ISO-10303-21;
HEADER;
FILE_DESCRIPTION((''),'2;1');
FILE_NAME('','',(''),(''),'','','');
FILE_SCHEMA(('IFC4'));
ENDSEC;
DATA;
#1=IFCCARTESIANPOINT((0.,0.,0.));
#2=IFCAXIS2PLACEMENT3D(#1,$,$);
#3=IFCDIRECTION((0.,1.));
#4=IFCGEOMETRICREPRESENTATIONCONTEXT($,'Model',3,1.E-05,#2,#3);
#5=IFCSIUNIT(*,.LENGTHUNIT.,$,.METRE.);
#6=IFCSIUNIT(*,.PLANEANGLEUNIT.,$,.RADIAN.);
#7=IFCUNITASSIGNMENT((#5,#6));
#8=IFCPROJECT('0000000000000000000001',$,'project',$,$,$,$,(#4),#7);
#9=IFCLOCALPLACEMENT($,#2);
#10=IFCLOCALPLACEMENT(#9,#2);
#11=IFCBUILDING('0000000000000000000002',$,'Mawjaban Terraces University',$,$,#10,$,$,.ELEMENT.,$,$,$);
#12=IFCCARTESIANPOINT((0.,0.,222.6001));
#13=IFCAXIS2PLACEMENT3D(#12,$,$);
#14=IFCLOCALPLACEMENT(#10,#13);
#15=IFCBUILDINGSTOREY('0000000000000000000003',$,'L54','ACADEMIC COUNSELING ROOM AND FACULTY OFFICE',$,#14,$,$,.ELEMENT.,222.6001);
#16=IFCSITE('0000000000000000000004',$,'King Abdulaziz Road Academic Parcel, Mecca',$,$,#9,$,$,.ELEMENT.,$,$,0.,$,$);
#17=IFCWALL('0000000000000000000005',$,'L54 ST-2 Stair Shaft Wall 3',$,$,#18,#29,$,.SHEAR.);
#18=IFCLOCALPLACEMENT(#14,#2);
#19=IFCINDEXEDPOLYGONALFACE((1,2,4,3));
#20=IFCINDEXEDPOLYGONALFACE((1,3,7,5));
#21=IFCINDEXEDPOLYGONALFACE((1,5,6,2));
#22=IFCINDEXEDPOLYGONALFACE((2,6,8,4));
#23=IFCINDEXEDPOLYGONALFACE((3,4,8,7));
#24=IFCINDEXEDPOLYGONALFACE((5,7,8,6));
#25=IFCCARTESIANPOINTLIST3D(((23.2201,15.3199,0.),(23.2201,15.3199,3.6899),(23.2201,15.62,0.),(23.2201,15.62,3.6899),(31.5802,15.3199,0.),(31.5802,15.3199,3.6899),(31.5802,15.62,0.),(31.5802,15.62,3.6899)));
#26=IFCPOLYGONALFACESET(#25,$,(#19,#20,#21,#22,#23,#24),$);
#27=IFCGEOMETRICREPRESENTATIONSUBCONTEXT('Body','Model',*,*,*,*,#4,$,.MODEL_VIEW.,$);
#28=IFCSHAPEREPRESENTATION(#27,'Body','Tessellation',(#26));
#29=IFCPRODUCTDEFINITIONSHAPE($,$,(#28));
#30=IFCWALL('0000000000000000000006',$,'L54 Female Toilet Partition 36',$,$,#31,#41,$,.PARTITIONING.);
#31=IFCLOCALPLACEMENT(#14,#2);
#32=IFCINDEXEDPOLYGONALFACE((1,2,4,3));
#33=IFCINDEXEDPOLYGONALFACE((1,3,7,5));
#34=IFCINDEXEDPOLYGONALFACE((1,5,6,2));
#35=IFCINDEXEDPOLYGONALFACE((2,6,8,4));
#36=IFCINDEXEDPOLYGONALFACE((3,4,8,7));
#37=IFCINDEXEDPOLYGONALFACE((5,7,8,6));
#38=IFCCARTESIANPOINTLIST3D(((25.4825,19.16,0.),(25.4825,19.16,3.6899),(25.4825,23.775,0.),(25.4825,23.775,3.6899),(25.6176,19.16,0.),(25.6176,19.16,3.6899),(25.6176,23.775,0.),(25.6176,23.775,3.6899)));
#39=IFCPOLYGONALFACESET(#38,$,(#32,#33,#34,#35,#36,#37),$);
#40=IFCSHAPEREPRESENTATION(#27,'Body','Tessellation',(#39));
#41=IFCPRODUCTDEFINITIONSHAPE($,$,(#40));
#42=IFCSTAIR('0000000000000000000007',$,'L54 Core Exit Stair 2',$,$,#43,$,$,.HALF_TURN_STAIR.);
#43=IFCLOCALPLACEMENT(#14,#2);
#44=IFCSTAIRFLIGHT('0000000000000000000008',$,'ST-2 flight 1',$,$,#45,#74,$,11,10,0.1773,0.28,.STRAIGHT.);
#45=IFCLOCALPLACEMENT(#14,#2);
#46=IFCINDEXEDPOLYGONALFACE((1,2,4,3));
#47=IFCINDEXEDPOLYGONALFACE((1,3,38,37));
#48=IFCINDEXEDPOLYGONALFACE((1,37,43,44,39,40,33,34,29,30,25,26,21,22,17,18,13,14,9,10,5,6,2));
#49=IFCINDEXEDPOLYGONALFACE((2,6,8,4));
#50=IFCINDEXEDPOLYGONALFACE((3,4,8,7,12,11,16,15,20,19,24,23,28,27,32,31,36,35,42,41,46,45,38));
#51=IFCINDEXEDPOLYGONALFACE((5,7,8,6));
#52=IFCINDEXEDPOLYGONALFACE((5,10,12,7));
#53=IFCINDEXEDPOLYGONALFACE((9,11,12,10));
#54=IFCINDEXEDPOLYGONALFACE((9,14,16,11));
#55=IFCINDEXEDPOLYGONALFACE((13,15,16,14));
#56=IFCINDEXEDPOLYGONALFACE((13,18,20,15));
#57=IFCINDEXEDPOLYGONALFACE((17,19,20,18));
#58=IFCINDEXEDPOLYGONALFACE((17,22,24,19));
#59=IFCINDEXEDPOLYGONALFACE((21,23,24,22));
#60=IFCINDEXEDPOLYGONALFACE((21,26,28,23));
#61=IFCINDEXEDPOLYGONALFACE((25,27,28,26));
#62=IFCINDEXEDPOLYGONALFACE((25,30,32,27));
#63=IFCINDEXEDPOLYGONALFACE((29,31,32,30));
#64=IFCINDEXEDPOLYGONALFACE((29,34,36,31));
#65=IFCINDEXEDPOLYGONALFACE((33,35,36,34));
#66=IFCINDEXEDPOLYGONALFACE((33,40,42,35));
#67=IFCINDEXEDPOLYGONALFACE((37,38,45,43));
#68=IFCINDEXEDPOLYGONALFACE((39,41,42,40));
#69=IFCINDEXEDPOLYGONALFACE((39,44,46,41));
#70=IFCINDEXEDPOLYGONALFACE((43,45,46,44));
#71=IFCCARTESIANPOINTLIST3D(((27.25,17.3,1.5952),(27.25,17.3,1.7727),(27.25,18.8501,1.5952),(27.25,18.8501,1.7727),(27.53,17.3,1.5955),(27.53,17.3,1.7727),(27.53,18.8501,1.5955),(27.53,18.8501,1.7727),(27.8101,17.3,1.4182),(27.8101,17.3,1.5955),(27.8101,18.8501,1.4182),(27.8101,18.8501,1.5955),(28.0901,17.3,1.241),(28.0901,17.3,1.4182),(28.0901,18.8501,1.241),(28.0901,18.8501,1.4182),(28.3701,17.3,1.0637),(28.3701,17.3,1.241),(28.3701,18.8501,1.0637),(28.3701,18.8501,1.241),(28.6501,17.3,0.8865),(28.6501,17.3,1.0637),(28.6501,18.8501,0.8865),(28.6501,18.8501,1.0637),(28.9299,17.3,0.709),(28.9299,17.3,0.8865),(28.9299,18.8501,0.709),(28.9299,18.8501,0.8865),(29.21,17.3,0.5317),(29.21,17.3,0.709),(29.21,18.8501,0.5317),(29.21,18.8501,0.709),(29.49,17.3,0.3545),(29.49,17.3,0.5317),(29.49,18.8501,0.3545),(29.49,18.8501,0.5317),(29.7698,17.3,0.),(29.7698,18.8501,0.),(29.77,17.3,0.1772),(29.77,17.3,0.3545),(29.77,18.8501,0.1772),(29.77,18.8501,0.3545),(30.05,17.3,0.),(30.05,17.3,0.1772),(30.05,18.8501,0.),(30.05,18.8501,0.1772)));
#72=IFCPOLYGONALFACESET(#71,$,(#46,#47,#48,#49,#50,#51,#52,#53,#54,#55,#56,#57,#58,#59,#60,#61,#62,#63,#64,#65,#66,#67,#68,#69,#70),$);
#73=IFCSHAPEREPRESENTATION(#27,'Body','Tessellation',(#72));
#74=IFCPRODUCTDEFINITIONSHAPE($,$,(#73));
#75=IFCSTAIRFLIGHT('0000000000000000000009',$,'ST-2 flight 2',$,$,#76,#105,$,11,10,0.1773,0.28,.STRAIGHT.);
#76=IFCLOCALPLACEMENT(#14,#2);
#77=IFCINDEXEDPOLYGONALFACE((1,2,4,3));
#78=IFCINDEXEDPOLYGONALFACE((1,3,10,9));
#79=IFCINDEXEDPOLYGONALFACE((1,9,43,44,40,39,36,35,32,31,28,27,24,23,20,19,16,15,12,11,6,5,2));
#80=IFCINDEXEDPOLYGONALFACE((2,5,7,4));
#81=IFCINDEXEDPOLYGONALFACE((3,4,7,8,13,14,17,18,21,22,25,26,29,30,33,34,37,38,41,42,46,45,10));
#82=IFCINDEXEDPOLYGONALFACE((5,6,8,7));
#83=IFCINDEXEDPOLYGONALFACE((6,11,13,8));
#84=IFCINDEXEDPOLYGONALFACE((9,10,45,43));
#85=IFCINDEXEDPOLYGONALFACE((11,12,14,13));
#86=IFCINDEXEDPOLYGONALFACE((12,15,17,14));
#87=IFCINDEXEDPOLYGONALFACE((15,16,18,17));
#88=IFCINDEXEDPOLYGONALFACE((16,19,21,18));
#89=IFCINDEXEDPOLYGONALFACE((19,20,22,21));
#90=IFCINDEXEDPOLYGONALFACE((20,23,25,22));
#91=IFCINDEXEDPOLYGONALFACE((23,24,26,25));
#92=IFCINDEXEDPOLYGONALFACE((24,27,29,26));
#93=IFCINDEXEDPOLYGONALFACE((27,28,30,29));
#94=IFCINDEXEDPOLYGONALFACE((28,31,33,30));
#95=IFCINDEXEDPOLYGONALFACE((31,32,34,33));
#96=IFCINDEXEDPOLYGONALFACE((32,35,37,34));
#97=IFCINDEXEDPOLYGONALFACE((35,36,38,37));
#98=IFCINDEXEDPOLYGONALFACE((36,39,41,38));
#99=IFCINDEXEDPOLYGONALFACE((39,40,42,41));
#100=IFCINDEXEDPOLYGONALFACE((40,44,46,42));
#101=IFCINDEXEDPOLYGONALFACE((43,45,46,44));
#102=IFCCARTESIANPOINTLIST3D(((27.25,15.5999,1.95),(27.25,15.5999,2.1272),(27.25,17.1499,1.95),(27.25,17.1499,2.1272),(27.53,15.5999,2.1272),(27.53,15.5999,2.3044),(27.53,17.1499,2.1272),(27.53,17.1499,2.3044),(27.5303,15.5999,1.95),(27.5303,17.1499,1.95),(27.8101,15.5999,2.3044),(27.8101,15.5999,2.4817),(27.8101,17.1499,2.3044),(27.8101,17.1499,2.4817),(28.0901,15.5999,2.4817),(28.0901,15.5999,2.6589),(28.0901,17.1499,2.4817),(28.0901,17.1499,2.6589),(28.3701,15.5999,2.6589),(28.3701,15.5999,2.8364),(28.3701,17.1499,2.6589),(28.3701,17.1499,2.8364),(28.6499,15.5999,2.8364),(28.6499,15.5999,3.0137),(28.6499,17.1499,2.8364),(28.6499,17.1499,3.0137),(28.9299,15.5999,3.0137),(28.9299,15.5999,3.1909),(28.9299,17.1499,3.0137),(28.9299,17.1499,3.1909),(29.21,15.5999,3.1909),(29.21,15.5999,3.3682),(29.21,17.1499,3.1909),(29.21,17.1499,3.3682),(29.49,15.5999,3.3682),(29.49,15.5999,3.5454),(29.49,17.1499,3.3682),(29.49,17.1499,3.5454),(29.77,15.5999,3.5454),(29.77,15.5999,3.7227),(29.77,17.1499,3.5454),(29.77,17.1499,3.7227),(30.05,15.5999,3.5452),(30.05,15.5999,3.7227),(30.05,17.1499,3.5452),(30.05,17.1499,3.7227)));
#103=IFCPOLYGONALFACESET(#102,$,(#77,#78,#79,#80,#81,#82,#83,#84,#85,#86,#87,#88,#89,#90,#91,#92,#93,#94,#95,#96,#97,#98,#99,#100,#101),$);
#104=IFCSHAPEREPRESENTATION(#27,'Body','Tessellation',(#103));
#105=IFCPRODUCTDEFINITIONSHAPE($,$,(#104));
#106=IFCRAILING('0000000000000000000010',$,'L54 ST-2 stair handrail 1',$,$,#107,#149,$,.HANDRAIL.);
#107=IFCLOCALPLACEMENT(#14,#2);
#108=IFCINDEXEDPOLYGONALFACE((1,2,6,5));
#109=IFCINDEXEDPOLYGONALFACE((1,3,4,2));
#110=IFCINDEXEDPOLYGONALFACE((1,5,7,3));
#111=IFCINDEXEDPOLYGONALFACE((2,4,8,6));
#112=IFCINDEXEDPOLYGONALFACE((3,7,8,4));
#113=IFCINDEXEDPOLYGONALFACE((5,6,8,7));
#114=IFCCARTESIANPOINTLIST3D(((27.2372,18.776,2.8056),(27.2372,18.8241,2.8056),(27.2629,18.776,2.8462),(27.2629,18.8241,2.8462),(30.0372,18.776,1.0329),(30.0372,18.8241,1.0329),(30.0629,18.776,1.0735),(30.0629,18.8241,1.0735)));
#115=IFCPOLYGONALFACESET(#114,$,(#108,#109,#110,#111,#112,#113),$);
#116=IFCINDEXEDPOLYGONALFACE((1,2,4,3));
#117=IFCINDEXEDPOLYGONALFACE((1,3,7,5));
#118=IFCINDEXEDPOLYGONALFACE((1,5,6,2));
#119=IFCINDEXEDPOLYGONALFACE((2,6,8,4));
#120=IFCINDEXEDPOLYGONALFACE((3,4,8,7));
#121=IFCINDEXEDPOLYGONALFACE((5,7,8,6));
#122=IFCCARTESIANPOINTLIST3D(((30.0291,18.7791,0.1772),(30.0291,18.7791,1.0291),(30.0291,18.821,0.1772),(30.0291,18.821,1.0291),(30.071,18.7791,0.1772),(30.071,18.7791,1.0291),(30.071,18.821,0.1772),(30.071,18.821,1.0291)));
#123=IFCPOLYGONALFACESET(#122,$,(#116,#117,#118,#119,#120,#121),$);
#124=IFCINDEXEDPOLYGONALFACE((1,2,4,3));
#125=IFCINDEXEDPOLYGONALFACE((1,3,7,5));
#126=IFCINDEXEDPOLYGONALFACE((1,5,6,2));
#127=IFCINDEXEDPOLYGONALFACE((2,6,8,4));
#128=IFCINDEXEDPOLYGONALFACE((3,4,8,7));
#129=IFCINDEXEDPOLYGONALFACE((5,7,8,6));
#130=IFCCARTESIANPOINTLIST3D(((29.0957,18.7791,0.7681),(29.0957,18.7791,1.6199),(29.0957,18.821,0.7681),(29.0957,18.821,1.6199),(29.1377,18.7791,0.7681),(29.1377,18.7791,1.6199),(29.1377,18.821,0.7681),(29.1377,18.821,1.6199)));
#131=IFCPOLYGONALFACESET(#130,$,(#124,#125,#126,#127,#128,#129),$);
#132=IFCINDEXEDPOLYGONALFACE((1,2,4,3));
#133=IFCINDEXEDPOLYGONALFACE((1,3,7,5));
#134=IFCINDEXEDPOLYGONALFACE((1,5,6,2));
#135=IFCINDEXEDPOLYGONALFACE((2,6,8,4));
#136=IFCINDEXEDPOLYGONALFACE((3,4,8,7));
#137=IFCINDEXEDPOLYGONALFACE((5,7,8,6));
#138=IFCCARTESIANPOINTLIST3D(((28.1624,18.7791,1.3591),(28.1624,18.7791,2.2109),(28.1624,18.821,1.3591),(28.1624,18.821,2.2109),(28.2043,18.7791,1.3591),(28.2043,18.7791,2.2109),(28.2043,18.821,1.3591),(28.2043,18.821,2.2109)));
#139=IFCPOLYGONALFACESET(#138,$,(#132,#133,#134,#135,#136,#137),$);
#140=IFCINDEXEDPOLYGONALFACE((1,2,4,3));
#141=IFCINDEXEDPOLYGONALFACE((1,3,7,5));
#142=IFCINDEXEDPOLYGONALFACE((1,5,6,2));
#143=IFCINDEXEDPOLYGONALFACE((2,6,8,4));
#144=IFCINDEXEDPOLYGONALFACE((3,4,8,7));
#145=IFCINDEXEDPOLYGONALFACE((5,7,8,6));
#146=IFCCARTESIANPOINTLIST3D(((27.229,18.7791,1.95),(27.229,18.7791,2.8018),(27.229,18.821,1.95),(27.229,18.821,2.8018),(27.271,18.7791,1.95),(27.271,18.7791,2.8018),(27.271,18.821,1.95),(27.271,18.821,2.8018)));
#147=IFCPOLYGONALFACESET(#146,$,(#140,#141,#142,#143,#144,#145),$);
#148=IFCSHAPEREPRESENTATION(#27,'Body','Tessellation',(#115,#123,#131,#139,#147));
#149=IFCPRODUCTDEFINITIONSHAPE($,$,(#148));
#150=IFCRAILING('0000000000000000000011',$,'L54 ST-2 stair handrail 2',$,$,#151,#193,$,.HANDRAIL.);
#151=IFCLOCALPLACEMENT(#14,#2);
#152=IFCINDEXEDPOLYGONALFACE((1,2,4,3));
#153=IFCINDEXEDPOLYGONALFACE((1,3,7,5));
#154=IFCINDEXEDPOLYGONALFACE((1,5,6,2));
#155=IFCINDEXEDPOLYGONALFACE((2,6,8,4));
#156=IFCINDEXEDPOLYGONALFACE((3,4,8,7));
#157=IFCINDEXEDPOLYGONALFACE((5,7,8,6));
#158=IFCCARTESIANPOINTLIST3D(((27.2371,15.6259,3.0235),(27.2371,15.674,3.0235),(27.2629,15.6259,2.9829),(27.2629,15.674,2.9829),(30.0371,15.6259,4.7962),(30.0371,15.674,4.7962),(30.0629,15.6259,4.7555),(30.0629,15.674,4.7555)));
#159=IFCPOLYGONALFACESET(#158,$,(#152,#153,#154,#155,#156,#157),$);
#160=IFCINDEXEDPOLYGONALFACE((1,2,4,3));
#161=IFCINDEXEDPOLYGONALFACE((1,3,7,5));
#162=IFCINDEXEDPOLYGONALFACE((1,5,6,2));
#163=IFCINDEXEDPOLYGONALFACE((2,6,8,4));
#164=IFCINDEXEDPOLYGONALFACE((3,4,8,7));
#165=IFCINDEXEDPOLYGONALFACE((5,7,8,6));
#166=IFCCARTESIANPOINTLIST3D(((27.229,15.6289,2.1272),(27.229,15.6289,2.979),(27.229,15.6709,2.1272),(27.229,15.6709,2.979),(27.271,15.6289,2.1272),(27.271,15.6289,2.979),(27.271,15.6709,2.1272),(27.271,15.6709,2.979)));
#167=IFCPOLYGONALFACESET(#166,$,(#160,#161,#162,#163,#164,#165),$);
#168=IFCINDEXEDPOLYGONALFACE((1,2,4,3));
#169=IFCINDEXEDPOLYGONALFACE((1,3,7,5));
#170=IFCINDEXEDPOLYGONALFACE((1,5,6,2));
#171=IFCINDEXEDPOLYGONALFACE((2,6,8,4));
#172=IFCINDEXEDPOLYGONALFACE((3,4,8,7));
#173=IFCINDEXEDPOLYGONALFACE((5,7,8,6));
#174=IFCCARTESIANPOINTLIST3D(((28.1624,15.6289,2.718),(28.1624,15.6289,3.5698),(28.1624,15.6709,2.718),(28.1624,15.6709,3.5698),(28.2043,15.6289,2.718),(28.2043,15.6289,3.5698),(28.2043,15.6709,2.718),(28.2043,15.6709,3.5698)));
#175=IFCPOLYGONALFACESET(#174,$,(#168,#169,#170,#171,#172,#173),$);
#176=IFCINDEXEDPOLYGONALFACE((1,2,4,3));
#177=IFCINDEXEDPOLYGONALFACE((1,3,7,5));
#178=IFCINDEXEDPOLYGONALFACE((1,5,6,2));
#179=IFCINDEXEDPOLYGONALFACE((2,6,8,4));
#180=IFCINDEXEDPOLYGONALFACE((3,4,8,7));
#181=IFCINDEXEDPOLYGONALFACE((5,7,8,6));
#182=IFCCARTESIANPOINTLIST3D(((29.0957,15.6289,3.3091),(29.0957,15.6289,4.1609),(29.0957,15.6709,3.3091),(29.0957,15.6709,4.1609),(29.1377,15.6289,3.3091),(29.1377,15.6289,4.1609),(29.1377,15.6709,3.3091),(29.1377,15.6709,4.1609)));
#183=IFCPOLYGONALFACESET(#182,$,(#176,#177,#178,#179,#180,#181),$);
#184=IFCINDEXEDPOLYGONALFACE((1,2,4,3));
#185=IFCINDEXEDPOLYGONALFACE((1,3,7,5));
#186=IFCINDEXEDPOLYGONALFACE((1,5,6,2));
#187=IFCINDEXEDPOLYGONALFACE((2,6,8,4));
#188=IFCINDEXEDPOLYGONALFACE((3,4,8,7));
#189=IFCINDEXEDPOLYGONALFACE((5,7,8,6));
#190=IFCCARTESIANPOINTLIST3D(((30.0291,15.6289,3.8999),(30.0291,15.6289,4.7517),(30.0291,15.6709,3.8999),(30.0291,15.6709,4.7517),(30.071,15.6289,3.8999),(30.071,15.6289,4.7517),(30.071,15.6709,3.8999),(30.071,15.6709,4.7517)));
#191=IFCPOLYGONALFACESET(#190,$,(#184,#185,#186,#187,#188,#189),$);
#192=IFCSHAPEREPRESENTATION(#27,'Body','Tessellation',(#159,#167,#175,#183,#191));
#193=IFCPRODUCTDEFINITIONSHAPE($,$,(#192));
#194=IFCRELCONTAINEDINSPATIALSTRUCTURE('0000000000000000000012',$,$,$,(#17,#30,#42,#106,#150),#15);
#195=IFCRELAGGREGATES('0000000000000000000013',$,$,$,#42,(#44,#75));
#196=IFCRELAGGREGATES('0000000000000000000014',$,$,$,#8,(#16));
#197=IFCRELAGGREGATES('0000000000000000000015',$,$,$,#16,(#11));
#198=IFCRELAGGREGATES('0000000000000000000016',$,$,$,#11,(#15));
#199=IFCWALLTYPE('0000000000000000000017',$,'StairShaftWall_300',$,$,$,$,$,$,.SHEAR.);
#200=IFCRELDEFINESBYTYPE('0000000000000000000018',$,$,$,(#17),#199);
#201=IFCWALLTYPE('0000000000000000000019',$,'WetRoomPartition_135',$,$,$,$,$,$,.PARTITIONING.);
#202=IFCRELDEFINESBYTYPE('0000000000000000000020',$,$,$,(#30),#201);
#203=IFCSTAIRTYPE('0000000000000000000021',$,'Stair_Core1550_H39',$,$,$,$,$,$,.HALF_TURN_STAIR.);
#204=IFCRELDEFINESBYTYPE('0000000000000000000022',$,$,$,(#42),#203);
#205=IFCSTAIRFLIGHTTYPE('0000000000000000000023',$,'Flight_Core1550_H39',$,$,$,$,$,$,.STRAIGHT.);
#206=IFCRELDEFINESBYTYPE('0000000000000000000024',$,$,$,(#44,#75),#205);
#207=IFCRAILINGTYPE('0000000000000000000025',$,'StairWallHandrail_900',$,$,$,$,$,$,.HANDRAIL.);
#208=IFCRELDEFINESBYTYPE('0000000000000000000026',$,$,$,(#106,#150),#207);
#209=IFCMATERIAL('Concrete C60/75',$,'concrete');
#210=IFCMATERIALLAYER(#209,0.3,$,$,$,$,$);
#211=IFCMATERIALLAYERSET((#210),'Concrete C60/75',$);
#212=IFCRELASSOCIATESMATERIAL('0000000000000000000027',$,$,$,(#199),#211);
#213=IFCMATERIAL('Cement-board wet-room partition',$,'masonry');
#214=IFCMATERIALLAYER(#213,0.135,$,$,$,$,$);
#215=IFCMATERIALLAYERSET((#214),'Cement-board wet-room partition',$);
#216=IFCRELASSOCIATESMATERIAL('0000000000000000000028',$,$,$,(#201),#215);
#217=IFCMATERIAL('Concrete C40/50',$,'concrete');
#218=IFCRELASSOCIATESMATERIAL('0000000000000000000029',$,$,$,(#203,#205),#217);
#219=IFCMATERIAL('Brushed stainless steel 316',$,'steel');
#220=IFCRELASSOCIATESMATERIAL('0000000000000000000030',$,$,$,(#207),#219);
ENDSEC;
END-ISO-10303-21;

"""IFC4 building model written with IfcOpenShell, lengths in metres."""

from ifc_helpers import new_model, si_unit, direction, frame, frame_2d, origin, origin_2d, place, context, subcontext, project, spatial, polyline, rectangle, outline, extrude, material, layer, layer_set, type_object, element, aggregate, save


model = new_model("IFC4")

# Units and contexts
model_context = context("Model", 3, precision=1e-05, world=origin(), true_north=direction((0.0, 1.0)))
body_context = subcontext(model_context, "Body", "Model", "MODEL_VIEW")
ifc_project = project(units=[si_unit("LENGTHUNIT", "METRE"), si_unit("PLANEANGLEUNIT", "RADIAN")], contexts=[model_context])

# Site, building, storey
site_placement = place(None, origin())
site = spatial("IfcSite", under=ifc_project, at=site_placement, Name="King Abdulaziz Road Academic Parcel, Mecca", CompositionType="ELEMENT", RefElevation=0.0)
building_placement = place(site_placement, origin())
building = spatial("IfcBuilding", under=site, at=building_placement, Name="Mawjaban Terraces University", CompositionType="ELEMENT")
storey_placement = place(building_placement, frame((0.0, 0.0, 222.6001)))
storey = spatial("IfcBuildingStorey", under=building, at=storey_placement, Name="L54", Description="ACADEMIC COUNSELING ROOM AND FACULTY OFFICE", CompositionType="ELEMENT", Elevation=222.6001)

# Shared definitions
ifc_material_1 = material(Name="Concrete C60/75", Category="concrete")

# Wall
ifc_material_2 = material(Name="Concrete C40/50", Category="concrete")
ifc_layer_1 = layer(ifc_material_1, 0.3)
ifc_layer_set_1 = layer_set([ifc_layer_1], Name="Concrete C60/75")
wall_type_1 = type_object("IfcWallType", Name="StairShaftWall_300", PredefinedType="SHEAR", material=ifc_layer_set_1)
wall_1_placement = place(storey_placement, frame((23.22, 15.47, 0.0), z_axis=(0.0, 0.0, 1.0), x_axis=(1.0, 0.0, 0.0)))
element("IfcWall", 1, at=wall_1_placement, inside=storey, type_object=wall_type_1, Name="L54 ST-2 Stair Shaft Wall 3", PredefinedType="SHEAR", context=body_context, shape_type="SweptSolid", body=[
    extrude(rectangle(XDim=8.3601, YDim=0.3, at=frame_2d((4.1802, 0.0))), origin(), (0.0, 0.0, 1.0), 3.6899),
])

# Wall
ifc_material_3 = material(Name="Cement-board wet-room partition", Category="masonry")
ifc_layer_2 = layer(ifc_material_3, 0.135)
ifc_layer_set_2 = layer_set([ifc_layer_2], Name="Cement-board wet-room partition")
wall_type_2 = type_object("IfcWallType", Name="WetRoomPartition_135", PredefinedType="PARTITIONING", material=ifc_layer_set_2)
wall_2_placement = place(storey_placement, frame((25.55, 19.1599, 0.0), z_axis=(0.0, 0.0, 1.0), x_axis=(0.0, 1.0, 0.0)))
element("IfcWall", 2, at=wall_2_placement, inside=storey, type_object=wall_type_2, Name="L54 Female Toilet Partition 36", PredefinedType="PARTITIONING", context=body_context, shape_type="SweptSolid", body=[
    extrude(rectangle(XDim=4.615, YDim=0.135, at=frame_2d((2.3076, 0.0))), origin(), (0.0, 0.0, 1.0), 3.6899),
])

# Stair, stair flights
stair_type = type_object("IfcStairType", Name="Stair_Core1550_H39", PredefinedType="HALF_TURN_STAIR", material=ifc_material_2)
stair_placement = place(storey_placement, origin())
stair = element("IfcStair", 3, at=stair_placement, inside=storey, type_object=stair_type, Name="L54 Core Exit Stair 2", PredefinedType="HALF_TURN_STAIR")
stair_flight_type = type_object("IfcStairFlightType", Name="Flight_Core1550_H39", PredefinedType="STRAIGHT", material=ifc_material_2)
stair_flight_1_placement = place(storey_placement, frame((30.05, 18.075, 0.0), z_axis=(0.0, 0.0, 1.0), x_axis=(-1.0, 0.0, 0.0)))
stair_flight_1 = element("IfcStairFlight", 4, at=stair_flight_1_placement, type_object=stair_flight_type, Name="ST-2 flight 1", NumberOfRisers=11, NumberOfTreads=10, PredefinedType="STRAIGHT", RiserHeight=0.1773, TreadLength=0.28, context=body_context, shape_type="SweptSolid", body=[
    extrude(outline(polyline([(0.0, 0.0), (0.0, 0.1772), (0.28, 0.1772), (0.28, 0.3545), (0.5601, 0.3545), (0.5601, 0.5317), (0.8401, 0.5317), (0.8401, 0.709), (1.1201, 0.709), (1.1201, 0.8865), (1.3999, 0.8865), (1.3999, 1.0637), (1.6799, 1.0637), (1.6799, 1.241), (1.96, 1.241), (1.96, 1.4182), (2.24, 1.4182), (2.24, 1.5955), (2.52, 1.5955), (2.52, 1.7727), (2.8, 1.7727), (2.8, 1.95), (2.8, 1.5952), (0.2803, 0.0), (0.0, 0.0)])), frame((0.0, 0.7749, 0.0), z_axis=(0.0, -1.0, 0.0), x_axis=(1.0, 0.0, 0.0)), (0.0, 0.0, 1.0), 1.55),
])
stair_flight_2_placement = place(storey_placement, frame((27.25, 16.375, 1.95), z_axis=(0.0, 0.0, 1.0), x_axis=(1.0, 0.0, 0.0)))
stair_flight_2 = element("IfcStairFlight", 5, at=stair_flight_2_placement, type_object=stair_flight_type, Name="ST-2 flight 2", NumberOfRisers=11, NumberOfTreads=10, PredefinedType="STRAIGHT", RiserHeight=0.1773, TreadLength=0.28, context=body_context, shape_type="SweptSolid", body=[
    extrude(outline(polyline([(0.0, 0.0), (0.0, 0.1772), (0.28, 0.1772), (0.28, 0.3545), (0.5601, 0.3545), (0.5601, 0.5317), (0.8401, 0.5317), (0.8401, 0.709), (1.1201, 0.709), (1.1201, 0.8865), (1.3999, 0.8865), (1.3999, 1.0637), (1.6799, 1.0637), (1.6799, 1.241), (1.96, 1.241), (1.96, 1.4182), (2.24, 1.4182), (2.24, 1.5955), (2.52, 1.5955), (2.52, 1.7727), (2.8, 1.7727), (2.8, 1.95), (2.8, 1.5952), (0.2803, 0.0), (0.0, 0.0)])), frame((0.0, 0.7749, 0.0), z_axis=(0.0, -1.0, 0.0), x_axis=(1.0, 0.0, 0.0)), (0.0, 0.0, 1.0), 1.55),
])
aggregate(stair, [stair_flight_1, stair_flight_2])

# Railings
ifc_material_4 = material(Name="Brushed stainless steel 316", Category="steel")
railing_type_1 = type_object("IfcRailingType", Name="StairWallHandrail_900", PredefinedType="HANDRAIL", material=ifc_material_4)
railing_1_placement = place(storey_placement, frame((30.05, 18.8, 0.1772)))
element("IfcRailing", 6, at=railing_1_placement, inside=storey, type_object=railing_type_1, Name="L54 ST-2 stair handrail 1", PredefinedType="HANDRAIL", context=body_context, shape_type="SweptSolid", body=[
    extrude(rectangle(XDim=0.0481, YDim=0.0481, at=origin_2d()), frame((0.0, 0.0, 0.876), z_axis=(-0.844909, 0.0, 0.53491), x_axis=(0.0, -1.0, 0.0)), (0.0, 0.0, 1.0), 3.314),
    extrude(rectangle(XDim=0.042, YDim=0.042, at=origin_2d()), origin(), (0.0, 0.0, 1.0), 0.8518),
    extrude(rectangle(XDim=0.042, YDim=0.042, at=origin_2d()), frame((-0.9333, 0.0, 0.5908)), (0.0, 0.0, 1.0), 0.8518),
    extrude(rectangle(XDim=0.042, YDim=0.042, at=origin_2d()), frame((-1.8667, 0.0, 1.1819)), (0.0, 0.0, 1.0), 0.8518),
    extrude(rectangle(XDim=0.042, YDim=0.042, at=origin_2d()), frame((-2.8, 0.0, 1.7727)), (0.0, 0.0, 1.0), 0.8518),
])
railing_2_placement = place(storey_placement, frame((27.25, 15.6499, 2.1272)))
element("IfcRailing", 7, at=railing_2_placement, inside=storey, type_object=railing_type_1, Name="L54 ST-2 stair handrail 2", PredefinedType="HANDRAIL", context=body_context, shape_type="SweptSolid", body=[
    extrude(rectangle(XDim=0.0481, YDim=0.0481, at=origin_2d()), frame((0.0, 0.0, 0.876), z_axis=(0.844909, 0.0, 0.53491), x_axis=(0.0, 1.0, 0.0)), (0.0, 0.0, 1.0), 3.314),
    extrude(rectangle(XDim=0.042, YDim=0.042, at=origin_2d()), origin(), (0.0, 0.0, 1.0), 0.8518),
    extrude(rectangle(XDim=0.042, YDim=0.042, at=origin_2d()), frame((0.9333, 0.0, 0.5908)), (0.0, 0.0, 1.0), 0.8518),
    extrude(rectangle(XDim=0.042, YDim=0.042, at=origin_2d()), frame((1.8667, 0.0, 1.1819)), (0.0, 0.0, 1.0), 0.8518),
    extrude(rectangle(XDim=0.042, YDim=0.042, at=origin_2d()), frame((2.8, 0.0, 1.7727)), (0.0, 0.0, 1.0), 0.8518),
])

save(model, "model.ifc")
